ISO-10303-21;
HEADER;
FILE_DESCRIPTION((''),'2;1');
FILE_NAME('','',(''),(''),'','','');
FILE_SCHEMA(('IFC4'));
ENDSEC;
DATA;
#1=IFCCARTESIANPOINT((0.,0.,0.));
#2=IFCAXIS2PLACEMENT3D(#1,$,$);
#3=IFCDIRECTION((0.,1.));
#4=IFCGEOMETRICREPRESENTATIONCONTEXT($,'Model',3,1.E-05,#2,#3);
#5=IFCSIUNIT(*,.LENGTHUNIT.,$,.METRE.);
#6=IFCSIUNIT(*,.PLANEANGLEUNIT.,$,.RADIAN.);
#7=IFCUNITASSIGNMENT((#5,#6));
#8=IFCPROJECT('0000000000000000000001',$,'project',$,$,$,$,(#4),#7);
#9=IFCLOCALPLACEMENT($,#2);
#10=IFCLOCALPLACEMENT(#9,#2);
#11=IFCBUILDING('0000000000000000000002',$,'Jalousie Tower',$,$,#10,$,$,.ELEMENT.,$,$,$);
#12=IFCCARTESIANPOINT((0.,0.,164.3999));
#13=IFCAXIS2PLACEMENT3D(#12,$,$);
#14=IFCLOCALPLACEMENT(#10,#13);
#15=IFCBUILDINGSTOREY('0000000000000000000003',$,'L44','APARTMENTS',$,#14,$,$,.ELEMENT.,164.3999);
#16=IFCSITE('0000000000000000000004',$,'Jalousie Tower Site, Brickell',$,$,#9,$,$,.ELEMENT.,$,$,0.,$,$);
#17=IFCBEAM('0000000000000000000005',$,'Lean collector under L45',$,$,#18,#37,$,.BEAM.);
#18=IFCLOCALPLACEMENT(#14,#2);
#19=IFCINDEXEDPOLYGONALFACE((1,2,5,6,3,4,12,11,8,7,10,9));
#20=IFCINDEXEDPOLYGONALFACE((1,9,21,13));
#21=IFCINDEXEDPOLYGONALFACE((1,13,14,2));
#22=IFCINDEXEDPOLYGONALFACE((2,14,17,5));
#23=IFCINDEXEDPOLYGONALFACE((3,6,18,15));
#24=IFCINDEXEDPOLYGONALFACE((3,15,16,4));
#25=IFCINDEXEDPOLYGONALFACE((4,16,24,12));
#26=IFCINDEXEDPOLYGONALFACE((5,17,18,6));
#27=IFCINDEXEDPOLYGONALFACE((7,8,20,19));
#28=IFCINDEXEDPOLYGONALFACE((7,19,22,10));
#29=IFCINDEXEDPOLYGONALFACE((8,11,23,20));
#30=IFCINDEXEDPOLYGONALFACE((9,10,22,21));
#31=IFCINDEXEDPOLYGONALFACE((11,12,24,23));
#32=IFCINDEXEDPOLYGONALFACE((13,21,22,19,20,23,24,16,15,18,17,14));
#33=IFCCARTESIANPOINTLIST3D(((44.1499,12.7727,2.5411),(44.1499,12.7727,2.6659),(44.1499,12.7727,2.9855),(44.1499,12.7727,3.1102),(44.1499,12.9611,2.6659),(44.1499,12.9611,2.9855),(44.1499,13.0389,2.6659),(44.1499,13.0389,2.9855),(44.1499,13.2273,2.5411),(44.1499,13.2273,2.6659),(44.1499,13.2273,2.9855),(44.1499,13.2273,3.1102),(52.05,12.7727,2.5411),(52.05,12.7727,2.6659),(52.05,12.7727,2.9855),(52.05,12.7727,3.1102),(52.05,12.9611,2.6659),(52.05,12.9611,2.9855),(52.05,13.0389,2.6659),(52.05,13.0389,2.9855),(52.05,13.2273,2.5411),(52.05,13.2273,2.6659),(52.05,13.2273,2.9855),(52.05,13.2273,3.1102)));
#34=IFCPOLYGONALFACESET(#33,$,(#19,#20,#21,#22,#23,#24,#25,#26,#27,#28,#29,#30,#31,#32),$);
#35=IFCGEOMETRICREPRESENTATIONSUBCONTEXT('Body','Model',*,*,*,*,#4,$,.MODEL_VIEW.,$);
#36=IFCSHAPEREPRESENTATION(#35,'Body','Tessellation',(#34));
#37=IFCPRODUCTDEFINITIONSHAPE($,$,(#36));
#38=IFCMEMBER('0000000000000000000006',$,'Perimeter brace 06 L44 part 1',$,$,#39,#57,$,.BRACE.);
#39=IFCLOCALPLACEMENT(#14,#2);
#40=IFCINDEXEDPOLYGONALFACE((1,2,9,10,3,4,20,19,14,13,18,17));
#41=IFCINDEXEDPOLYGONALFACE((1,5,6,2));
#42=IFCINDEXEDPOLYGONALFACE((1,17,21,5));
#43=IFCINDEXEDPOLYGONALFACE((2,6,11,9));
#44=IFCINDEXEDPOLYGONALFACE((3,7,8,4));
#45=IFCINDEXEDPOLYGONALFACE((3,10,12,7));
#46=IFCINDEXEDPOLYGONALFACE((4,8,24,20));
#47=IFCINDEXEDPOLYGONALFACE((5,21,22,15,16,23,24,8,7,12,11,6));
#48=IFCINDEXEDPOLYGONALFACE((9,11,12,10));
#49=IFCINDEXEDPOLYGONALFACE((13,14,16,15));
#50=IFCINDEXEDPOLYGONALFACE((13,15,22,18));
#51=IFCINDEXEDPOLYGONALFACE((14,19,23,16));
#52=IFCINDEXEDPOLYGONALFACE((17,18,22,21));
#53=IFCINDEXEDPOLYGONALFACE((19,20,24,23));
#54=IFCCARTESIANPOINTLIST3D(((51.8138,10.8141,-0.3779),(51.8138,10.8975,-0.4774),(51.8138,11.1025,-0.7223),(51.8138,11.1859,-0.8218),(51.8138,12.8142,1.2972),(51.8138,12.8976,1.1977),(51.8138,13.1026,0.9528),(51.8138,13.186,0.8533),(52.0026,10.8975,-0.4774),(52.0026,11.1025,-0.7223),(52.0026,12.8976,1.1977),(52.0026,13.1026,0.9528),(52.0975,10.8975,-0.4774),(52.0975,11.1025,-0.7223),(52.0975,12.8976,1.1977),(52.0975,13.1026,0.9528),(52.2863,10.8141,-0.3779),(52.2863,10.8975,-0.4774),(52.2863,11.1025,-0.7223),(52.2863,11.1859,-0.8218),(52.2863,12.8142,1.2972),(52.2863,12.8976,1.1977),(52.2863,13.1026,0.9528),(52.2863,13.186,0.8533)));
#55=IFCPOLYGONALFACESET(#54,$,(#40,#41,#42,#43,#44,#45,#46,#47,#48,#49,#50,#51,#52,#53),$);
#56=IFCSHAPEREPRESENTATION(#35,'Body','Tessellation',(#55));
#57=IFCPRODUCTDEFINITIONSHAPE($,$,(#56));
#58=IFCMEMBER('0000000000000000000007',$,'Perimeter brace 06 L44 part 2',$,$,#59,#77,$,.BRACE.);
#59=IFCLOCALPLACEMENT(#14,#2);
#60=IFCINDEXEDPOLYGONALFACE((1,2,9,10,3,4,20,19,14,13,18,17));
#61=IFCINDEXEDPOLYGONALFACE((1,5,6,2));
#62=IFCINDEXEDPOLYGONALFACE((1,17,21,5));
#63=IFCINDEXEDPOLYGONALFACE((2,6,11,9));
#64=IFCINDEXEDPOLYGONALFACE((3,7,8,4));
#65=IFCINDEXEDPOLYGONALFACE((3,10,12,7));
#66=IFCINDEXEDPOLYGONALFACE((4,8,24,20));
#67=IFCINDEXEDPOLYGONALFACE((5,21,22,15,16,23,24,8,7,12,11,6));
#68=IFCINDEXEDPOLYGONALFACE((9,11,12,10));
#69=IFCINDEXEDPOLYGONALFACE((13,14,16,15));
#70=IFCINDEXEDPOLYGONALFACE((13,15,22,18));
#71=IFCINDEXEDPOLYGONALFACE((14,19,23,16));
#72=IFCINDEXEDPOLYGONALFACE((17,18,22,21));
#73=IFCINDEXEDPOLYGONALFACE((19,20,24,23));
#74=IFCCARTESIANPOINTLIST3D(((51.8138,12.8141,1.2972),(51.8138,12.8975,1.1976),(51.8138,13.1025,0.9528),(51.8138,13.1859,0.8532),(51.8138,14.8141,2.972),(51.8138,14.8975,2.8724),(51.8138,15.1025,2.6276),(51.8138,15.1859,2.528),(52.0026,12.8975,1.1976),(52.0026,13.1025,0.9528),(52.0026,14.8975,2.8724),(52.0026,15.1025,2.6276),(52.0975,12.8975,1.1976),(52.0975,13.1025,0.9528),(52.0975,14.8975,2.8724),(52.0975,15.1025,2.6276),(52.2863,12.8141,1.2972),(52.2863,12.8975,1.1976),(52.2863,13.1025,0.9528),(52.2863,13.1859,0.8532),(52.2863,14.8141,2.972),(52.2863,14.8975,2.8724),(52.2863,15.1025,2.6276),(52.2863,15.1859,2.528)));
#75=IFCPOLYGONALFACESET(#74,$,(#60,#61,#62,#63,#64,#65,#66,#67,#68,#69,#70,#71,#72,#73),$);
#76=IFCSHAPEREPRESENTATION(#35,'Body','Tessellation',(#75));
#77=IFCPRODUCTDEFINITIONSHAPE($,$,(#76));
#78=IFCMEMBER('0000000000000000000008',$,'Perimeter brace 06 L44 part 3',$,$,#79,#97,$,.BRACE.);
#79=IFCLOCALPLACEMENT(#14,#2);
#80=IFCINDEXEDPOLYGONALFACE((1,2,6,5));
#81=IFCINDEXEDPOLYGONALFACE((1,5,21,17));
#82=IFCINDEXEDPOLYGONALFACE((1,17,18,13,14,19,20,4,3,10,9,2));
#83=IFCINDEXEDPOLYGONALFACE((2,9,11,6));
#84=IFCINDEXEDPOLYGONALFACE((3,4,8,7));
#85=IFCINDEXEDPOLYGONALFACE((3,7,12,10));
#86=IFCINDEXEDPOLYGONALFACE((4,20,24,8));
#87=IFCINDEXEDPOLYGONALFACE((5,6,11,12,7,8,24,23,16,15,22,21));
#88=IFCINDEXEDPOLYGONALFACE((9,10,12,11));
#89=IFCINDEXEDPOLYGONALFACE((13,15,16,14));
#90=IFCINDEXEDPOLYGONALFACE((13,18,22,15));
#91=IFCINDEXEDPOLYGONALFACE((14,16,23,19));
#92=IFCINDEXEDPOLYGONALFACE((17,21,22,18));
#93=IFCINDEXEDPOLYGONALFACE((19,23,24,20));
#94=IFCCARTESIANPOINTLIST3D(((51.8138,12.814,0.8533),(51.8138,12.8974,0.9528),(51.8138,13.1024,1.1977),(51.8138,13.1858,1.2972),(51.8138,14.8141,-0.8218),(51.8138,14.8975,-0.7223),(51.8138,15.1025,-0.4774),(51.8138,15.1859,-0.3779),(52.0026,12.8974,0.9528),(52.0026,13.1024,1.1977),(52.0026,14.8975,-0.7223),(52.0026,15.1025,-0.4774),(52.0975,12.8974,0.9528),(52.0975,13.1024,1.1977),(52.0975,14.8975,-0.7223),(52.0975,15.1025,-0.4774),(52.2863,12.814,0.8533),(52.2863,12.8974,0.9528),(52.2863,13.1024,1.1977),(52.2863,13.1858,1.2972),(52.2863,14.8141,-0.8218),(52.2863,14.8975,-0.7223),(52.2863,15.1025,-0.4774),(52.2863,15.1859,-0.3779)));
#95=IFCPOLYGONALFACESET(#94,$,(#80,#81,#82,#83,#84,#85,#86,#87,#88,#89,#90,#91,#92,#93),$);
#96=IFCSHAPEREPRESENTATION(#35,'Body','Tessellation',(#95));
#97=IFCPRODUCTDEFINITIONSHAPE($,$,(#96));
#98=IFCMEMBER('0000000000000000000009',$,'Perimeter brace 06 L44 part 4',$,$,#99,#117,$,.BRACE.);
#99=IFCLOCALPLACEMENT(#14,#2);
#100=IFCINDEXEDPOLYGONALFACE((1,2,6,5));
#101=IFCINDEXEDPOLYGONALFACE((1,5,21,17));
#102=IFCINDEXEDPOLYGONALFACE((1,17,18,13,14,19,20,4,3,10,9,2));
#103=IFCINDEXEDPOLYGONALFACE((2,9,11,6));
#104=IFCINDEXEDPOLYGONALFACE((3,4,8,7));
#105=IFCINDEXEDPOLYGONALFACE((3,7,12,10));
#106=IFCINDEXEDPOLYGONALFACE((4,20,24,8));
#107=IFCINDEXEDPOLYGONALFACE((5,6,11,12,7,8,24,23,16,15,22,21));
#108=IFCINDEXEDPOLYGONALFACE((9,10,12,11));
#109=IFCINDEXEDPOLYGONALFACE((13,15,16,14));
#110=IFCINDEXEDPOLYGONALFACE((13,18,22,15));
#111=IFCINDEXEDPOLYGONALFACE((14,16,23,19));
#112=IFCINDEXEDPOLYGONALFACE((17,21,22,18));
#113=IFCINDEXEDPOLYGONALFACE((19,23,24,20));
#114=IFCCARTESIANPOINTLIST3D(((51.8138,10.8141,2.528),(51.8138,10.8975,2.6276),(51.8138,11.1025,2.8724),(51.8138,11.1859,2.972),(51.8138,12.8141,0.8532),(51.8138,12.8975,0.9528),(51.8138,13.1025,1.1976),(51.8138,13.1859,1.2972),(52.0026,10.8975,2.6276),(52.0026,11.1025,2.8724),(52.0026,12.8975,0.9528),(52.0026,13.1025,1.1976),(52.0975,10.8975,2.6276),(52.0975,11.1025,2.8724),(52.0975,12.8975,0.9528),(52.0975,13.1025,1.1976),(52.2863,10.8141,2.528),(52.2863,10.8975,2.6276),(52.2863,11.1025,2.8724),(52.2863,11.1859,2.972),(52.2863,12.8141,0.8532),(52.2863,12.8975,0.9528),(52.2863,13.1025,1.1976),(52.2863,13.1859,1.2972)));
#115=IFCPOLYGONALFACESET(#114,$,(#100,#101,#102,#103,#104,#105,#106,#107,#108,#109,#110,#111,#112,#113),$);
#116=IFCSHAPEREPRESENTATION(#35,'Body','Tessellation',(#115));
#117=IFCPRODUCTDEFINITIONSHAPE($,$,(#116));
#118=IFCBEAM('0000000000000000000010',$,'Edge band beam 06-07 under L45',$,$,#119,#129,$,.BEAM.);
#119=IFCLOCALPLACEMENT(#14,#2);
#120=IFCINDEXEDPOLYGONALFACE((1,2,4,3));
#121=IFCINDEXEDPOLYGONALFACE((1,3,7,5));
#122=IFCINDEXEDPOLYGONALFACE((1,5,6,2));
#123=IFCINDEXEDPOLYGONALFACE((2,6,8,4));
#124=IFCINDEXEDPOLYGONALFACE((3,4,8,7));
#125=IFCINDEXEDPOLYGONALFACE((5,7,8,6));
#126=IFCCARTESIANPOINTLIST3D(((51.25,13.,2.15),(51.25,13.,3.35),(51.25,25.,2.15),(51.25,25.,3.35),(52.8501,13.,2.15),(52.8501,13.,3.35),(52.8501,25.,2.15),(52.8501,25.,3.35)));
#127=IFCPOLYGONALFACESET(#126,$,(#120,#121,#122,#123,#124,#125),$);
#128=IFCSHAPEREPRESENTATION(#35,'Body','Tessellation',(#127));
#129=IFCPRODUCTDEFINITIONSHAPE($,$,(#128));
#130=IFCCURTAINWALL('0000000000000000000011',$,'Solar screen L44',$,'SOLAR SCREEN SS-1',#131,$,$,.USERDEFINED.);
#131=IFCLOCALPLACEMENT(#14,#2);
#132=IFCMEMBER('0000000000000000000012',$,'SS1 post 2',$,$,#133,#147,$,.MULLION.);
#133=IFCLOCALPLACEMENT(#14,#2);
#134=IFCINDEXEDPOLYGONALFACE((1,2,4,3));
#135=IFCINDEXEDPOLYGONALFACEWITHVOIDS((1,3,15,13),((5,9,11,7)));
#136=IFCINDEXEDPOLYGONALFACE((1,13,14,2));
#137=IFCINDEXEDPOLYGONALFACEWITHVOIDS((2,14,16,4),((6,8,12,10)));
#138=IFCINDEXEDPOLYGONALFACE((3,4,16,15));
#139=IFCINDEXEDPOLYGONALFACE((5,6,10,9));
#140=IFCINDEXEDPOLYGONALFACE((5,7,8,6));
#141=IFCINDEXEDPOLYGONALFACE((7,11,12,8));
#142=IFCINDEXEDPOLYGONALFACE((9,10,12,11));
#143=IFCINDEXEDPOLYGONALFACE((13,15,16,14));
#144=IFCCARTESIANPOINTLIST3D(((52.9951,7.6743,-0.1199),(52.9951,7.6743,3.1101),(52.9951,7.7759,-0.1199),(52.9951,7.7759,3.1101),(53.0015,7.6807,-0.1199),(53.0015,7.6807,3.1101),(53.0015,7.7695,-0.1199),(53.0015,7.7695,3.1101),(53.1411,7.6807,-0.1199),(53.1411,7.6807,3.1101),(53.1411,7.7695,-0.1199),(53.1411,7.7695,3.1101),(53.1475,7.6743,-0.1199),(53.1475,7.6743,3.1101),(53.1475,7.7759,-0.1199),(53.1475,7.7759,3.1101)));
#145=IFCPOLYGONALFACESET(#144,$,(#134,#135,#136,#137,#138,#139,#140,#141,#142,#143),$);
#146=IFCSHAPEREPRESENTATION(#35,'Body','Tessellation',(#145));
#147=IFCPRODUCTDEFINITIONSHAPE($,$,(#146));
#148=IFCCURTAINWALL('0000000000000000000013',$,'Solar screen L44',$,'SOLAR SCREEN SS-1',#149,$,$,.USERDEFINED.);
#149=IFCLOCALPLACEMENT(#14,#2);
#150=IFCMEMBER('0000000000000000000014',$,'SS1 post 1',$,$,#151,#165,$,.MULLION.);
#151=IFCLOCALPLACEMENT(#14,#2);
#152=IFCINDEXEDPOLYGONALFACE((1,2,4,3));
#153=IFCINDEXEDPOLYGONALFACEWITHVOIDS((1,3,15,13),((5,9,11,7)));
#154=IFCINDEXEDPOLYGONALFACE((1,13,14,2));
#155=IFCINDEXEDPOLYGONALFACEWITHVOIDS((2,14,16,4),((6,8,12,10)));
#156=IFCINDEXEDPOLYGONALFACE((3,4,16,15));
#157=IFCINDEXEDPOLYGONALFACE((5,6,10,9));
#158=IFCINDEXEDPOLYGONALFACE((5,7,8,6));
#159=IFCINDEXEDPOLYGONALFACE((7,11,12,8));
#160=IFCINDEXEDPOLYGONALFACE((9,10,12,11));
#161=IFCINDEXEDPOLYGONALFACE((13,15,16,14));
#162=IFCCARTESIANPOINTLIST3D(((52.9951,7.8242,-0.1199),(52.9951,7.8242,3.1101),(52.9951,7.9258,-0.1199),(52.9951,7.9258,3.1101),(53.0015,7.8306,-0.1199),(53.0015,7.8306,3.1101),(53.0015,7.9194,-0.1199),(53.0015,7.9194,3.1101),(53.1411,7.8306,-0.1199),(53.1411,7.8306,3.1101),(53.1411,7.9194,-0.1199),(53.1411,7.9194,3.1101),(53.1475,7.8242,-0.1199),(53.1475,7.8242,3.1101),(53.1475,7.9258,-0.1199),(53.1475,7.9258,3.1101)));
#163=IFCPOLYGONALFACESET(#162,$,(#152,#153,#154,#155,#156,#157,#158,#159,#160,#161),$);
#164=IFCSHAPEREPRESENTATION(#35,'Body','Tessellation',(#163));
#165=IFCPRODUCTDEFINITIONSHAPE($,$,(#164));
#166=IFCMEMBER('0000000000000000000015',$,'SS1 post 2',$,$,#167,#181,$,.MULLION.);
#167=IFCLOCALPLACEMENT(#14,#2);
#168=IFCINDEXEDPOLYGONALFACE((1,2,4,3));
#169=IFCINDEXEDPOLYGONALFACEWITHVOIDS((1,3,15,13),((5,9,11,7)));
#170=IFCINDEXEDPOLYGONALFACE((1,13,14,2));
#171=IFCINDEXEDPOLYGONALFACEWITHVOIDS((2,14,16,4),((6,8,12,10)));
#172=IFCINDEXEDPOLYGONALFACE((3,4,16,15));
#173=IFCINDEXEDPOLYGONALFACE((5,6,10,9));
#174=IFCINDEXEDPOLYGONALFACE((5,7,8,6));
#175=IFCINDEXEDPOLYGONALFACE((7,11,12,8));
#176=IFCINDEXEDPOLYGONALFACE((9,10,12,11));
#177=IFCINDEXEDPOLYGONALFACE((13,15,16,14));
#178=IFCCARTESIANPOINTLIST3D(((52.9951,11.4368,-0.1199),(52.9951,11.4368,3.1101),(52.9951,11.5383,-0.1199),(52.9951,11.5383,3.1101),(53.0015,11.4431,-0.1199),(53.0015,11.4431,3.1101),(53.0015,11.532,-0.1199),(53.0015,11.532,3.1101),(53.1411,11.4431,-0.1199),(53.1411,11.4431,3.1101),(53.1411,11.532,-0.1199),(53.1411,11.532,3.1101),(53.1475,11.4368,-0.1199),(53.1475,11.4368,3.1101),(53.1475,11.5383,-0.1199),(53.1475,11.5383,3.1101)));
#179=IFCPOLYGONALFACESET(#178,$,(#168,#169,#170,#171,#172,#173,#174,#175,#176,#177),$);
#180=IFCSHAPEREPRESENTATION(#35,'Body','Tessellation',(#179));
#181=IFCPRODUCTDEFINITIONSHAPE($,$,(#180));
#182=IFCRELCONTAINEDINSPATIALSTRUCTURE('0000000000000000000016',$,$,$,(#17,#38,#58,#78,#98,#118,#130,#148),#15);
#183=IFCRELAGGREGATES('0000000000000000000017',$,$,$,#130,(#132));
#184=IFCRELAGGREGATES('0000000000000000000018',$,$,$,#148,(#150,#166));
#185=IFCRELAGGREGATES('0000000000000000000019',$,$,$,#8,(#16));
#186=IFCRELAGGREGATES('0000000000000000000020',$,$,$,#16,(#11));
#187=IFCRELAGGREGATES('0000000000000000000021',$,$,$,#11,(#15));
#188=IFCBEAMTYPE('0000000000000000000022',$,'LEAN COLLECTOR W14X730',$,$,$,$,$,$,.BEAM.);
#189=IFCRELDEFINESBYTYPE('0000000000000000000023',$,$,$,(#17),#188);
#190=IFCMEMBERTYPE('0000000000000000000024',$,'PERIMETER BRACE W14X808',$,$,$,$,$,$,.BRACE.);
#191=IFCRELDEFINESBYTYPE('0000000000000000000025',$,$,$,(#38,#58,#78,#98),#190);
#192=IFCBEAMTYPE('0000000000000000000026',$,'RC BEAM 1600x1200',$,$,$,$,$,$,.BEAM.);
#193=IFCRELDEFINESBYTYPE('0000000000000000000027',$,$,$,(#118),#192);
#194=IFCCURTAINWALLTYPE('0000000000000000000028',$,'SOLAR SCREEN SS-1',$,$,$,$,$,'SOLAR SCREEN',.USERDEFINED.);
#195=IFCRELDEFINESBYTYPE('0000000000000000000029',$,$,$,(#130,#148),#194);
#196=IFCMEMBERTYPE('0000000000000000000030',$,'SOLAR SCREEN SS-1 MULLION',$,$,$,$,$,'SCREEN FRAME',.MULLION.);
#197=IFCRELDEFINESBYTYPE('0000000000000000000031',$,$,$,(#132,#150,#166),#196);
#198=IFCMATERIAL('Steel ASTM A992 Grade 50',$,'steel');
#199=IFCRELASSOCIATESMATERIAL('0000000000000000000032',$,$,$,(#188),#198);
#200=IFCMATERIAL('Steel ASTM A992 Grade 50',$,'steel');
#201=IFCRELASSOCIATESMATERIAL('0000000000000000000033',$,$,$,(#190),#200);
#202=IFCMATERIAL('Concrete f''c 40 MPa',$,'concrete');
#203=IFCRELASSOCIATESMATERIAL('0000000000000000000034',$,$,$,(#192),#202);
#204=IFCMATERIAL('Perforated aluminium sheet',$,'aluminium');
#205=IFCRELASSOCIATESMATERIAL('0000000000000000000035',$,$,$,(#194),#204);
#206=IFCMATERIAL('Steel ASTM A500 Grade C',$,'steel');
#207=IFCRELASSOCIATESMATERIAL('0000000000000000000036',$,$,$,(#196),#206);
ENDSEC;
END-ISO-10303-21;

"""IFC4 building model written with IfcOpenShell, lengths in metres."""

from ifc_helpers import new_model, si_unit, direction, frame, origin, origin_2d, place, context, subcontext, project, spatial, rectangle, hollow_rectangle, i_section, extrude, material, material_profile, profile_set, type_object, element, aggregate, save


model = new_model("IFC4")

# Units and contexts
model_context = context("Model", 3, precision=1e-05, world=origin(), true_north=direction((0.0, 1.0)))
body_context = subcontext(model_context, "Body", "Model", "MODEL_VIEW")
ifc_project = project(units=[si_unit("LENGTHUNIT", "METRE"), si_unit("PLANEANGLEUNIT", "RADIAN")], contexts=[model_context])

# Site, building, storey
site_placement = place(None, origin())
site = spatial("IfcSite", under=ifc_project, at=site_placement, Name="Jalousie Tower Site, Brickell", CompositionType="ELEMENT", RefElevation=0.0)
building_placement = place(site_placement, origin())
building = spatial("IfcBuilding", under=site, at=building_placement, Name="Jalousie Tower", CompositionType="ELEMENT")
storey_placement = place(building_placement, frame((0.0, 0.0, 164.3999)))
storey = spatial("IfcBuildingStorey", under=building, at=storey_placement, Name="L44", Description="APARTMENTS", CompositionType="ELEMENT", Elevation=164.3999)

# Beam
ifc_material_1 = material(Name="Steel ASTM A992 Grade 50", Category="steel")
ifc_material_profile_1 = material_profile(ifc_material_1, i_section(OverallWidth=0.4546, OverallDepth=0.5691, WebThickness=0.0779, FlangeThickness=0.1248, at=origin_2d()), Name="W14X730")
ifc_profile_set_1 = profile_set([ifc_material_profile_1], Name="Steel ASTM A992 Grade 50")
beam_type_1 = type_object("IfcBeamType", Name="LEAN COLLECTOR W14X730", PredefinedType="BEAM", material=ifc_profile_set_1)
beam_1_placement = place(storey_placement, frame((52.05, 13.0, 2.8257), z_axis=(-1.0, 0.0, 0.0), x_axis=(0.0, -1.0, 0.0)))
element("IfcBeam", 1, at=beam_1_placement, inside=storey, type_object=beam_type_1, Name="Lean collector under L45", PredefinedType="BEAM", context=body_context, shape_type="SweptSolid", body=[
    extrude(i_section(OverallWidth=0.4546, OverallDepth=0.5691, WebThickness=0.0779, FlangeThickness=0.1248, at=origin_2d()), origin(), (0.0, 0.0, 1.0), 7.9001),
])

# Members
ifc_material_2 = material(Name="Steel ASTM A992 Grade 50", Category="steel")
ifc_material_profile_2 = material_profile(ifc_material_2, i_section(OverallWidth=0.4724, OverallDepth=0.5791, WebThickness=0.095, FlangeThickness=0.1299, at=origin_2d()), Name="W14X808")
ifc_profile_set_2 = profile_set([ifc_material_profile_2], Name="Steel ASTM A992 Grade 50")
member_type_1 = type_object("IfcMemberType", Name="PERIMETER BRACE W14X808", PredefinedType="BRACE", material=ifc_profile_set_2)
member_1_placement = place(storey_placement, frame((52.05, 11.0, -0.5999), z_axis=(0.0, 0.766639, 0.642079), x_axis=(-1.0, 0.0, 0.0)))
element("IfcMember", 2, at=member_1_placement, inside=storey, type_object=member_type_1, Name="Perimeter brace 06 L44 part 1", PredefinedType="BRACE", context=body_context, shape_type="SweptSolid", body=[
    extrude(i_section(OverallWidth=0.4724, OverallDepth=0.5791, WebThickness=0.095, FlangeThickness=0.1299, at=origin_2d()), origin(), (0.0, 0.0, 1.0), 2.6089),
])
member_2_placement = place(storey_placement, frame((52.05, 13.0, 1.0752), z_axis=(0.0, 0.766685, 0.642024), x_axis=(-1.0, 0.0, 0.0)))
element("IfcMember", 3, at=member_2_placement, inside=storey, type_object=member_type_1, Name="Perimeter brace 06 L44 part 2", PredefinedType="BRACE", context=body_context, shape_type="SweptSolid", body=[
    extrude(i_section(OverallWidth=0.4724, OverallDepth=0.5791, WebThickness=0.095, FlangeThickness=0.1299, at=origin_2d()), origin(), (0.0, 0.0, 1.0), 2.6086),
])
member_3_placement = place(storey_placement, frame((52.05, 15.0, -0.5999), z_axis=(0.0, -0.766639, 0.642079), x_axis=(1.0, 0.0, 0.0)))
element("IfcMember", 4, at=member_3_placement, inside=storey, type_object=member_type_1, Name="Perimeter brace 06 L44 part 3", PredefinedType="BRACE", context=body_context, shape_type="SweptSolid", body=[
    extrude(i_section(OverallWidth=0.4724, OverallDepth=0.5791, WebThickness=0.095, FlangeThickness=0.1299, at=origin_2d()), origin(), (0.0, 0.0, 1.0), 2.6089),
])
member_4_placement = place(storey_placement, frame((52.05, 13.0, 1.0752), z_axis=(0.0, -0.766685, 0.642024), x_axis=(1.0, 0.0, 0.0)))
element("IfcMember", 5, at=member_4_placement, inside=storey, type_object=member_type_1, Name="Perimeter brace 06 L44 part 4", PredefinedType="BRACE", context=body_context, shape_type="SweptSolid", body=[
    extrude(i_section(OverallWidth=0.4724, OverallDepth=0.5791, WebThickness=0.095, FlangeThickness=0.1299, at=origin_2d()), origin(), (0.0, 0.0, 1.0), 2.6086),
])

# Beam
ifc_material_3 = material(Name="Concrete f'c 40 MPa", Category="concrete")
ifc_material_profile_3 = material_profile(ifc_material_3, rectangle(XDim=1.6001, YDim=1.2, at=origin_2d()), Name="RC 1600x1200")
ifc_profile_set_3 = profile_set([ifc_material_profile_3], Name="Concrete f'c 40 MPa")
beam_type_2 = type_object("IfcBeamType", Name="RC BEAM 1600x1200", PredefinedType="BEAM", material=ifc_profile_set_3)
beam_2_placement = place(storey_placement, frame((52.05, 13.0, 2.75), z_axis=(0.0, 1.0, 0.0), x_axis=(-1.0, 0.0, 0.0)))
element("IfcBeam", 6, at=beam_2_placement, inside=storey, type_object=beam_type_2, Name="Edge band beam 06-07 under L45", PredefinedType="BEAM", context=body_context, shape_type="SweptSolid", body=[
    extrude(rectangle(XDim=1.6001, YDim=1.2, at=origin_2d()), origin(), (0.0, 0.0, 1.0), 12.0),
])

# Curtain wall, member
ifc_material_4 = material(Name="Perforated aluminium sheet", Category="aluminium")
curtain_wall_type = type_object("IfcCurtainWallType", Name="SOLAR SCREEN SS-1", ElementType="SOLAR SCREEN", PredefinedType="USERDEFINED", material=ifc_material_4)
curtain_wall_1_placement = place(storey_placement, origin())
curtain_wall_1 = element("IfcCurtainWall", 7, at=curtain_wall_1_placement, inside=storey, type_object=curtain_wall_type, Name="Solar screen L44", ObjectType="SOLAR SCREEN SS-1", PredefinedType="USERDEFINED")
ifc_material_5 = material(Name="Steel ASTM A500 Grade C", Category="steel")
ifc_material_profile_4 = material_profile(ifc_material_5, hollow_rectangle(XDim=0.1016, YDim=0.1523, WallThickness=0.0063, at=origin_2d()), Name="HSS6X4X1/4")
ifc_profile_set_4 = profile_set([ifc_material_profile_4], Name="Steel ASTM A500 Grade C")
member_type_2 = type_object("IfcMemberType", Name="SOLAR SCREEN SS-1 MULLION", ElementType="SCREEN FRAME", PredefinedType="MULLION", material=ifc_profile_set_4)
member_5_placement = place(storey_placement, frame((53.0713, 7.7251, -0.1199), z_axis=(0.0, 0.0, 1.0), x_axis=(0.0, 1.0, 0.0)))
member_5 = element("IfcMember", 8, at=member_5_placement, type_object=member_type_2, Name="SS1 post 2", PredefinedType="MULLION", context=body_context, shape_type="SweptSolid", body=[
    extrude(hollow_rectangle(XDim=0.1016, YDim=0.1523, WallThickness=0.0063, at=origin_2d()), origin(), (0.0, 0.0, 1.0), 3.23),
])

# Curtain wall, members
curtain_wall_2_placement = place(storey_placement, origin())
curtain_wall_2 = element("IfcCurtainWall", 9, at=curtain_wall_2_placement, inside=storey, type_object=curtain_wall_type, Name="Solar screen L44", ObjectType="SOLAR SCREEN SS-1", PredefinedType="USERDEFINED")
member_6_placement = place(storey_placement, frame((53.0713, 7.875, -0.1199), z_axis=(0.0, 0.0, 1.0), x_axis=(0.0, 1.0, 0.0)))
member_6 = element("IfcMember", 10, at=member_6_placement, type_object=member_type_2, Name="SS1 post 1", PredefinedType="MULLION", context=body_context, shape_type="SweptSolid", body=[
    extrude(hollow_rectangle(XDim=0.1016, YDim=0.1523, WallThickness=0.0063, at=origin_2d()), origin(), (0.0, 0.0, 1.0), 3.23),
])
member_7_placement = place(storey_placement, frame((53.0713, 11.4875, -0.1199), z_axis=(0.0, 0.0, 1.0), x_axis=(0.0, 1.0, 0.0)))
member_7 = element("IfcMember", 11, at=member_7_placement, type_object=member_type_2, Name="SS1 post 2", PredefinedType="MULLION", context=body_context, shape_type="SweptSolid", body=[
    extrude(hollow_rectangle(XDim=0.1016, YDim=0.1523, WallThickness=0.0063, at=origin_2d()), origin(), (0.0, 0.0, 1.0), 3.23),
])

aggregate(curtain_wall_1, [member_5])
aggregate(curtain_wall_2, [member_6, member_7])

save(model, "model.ifc")
